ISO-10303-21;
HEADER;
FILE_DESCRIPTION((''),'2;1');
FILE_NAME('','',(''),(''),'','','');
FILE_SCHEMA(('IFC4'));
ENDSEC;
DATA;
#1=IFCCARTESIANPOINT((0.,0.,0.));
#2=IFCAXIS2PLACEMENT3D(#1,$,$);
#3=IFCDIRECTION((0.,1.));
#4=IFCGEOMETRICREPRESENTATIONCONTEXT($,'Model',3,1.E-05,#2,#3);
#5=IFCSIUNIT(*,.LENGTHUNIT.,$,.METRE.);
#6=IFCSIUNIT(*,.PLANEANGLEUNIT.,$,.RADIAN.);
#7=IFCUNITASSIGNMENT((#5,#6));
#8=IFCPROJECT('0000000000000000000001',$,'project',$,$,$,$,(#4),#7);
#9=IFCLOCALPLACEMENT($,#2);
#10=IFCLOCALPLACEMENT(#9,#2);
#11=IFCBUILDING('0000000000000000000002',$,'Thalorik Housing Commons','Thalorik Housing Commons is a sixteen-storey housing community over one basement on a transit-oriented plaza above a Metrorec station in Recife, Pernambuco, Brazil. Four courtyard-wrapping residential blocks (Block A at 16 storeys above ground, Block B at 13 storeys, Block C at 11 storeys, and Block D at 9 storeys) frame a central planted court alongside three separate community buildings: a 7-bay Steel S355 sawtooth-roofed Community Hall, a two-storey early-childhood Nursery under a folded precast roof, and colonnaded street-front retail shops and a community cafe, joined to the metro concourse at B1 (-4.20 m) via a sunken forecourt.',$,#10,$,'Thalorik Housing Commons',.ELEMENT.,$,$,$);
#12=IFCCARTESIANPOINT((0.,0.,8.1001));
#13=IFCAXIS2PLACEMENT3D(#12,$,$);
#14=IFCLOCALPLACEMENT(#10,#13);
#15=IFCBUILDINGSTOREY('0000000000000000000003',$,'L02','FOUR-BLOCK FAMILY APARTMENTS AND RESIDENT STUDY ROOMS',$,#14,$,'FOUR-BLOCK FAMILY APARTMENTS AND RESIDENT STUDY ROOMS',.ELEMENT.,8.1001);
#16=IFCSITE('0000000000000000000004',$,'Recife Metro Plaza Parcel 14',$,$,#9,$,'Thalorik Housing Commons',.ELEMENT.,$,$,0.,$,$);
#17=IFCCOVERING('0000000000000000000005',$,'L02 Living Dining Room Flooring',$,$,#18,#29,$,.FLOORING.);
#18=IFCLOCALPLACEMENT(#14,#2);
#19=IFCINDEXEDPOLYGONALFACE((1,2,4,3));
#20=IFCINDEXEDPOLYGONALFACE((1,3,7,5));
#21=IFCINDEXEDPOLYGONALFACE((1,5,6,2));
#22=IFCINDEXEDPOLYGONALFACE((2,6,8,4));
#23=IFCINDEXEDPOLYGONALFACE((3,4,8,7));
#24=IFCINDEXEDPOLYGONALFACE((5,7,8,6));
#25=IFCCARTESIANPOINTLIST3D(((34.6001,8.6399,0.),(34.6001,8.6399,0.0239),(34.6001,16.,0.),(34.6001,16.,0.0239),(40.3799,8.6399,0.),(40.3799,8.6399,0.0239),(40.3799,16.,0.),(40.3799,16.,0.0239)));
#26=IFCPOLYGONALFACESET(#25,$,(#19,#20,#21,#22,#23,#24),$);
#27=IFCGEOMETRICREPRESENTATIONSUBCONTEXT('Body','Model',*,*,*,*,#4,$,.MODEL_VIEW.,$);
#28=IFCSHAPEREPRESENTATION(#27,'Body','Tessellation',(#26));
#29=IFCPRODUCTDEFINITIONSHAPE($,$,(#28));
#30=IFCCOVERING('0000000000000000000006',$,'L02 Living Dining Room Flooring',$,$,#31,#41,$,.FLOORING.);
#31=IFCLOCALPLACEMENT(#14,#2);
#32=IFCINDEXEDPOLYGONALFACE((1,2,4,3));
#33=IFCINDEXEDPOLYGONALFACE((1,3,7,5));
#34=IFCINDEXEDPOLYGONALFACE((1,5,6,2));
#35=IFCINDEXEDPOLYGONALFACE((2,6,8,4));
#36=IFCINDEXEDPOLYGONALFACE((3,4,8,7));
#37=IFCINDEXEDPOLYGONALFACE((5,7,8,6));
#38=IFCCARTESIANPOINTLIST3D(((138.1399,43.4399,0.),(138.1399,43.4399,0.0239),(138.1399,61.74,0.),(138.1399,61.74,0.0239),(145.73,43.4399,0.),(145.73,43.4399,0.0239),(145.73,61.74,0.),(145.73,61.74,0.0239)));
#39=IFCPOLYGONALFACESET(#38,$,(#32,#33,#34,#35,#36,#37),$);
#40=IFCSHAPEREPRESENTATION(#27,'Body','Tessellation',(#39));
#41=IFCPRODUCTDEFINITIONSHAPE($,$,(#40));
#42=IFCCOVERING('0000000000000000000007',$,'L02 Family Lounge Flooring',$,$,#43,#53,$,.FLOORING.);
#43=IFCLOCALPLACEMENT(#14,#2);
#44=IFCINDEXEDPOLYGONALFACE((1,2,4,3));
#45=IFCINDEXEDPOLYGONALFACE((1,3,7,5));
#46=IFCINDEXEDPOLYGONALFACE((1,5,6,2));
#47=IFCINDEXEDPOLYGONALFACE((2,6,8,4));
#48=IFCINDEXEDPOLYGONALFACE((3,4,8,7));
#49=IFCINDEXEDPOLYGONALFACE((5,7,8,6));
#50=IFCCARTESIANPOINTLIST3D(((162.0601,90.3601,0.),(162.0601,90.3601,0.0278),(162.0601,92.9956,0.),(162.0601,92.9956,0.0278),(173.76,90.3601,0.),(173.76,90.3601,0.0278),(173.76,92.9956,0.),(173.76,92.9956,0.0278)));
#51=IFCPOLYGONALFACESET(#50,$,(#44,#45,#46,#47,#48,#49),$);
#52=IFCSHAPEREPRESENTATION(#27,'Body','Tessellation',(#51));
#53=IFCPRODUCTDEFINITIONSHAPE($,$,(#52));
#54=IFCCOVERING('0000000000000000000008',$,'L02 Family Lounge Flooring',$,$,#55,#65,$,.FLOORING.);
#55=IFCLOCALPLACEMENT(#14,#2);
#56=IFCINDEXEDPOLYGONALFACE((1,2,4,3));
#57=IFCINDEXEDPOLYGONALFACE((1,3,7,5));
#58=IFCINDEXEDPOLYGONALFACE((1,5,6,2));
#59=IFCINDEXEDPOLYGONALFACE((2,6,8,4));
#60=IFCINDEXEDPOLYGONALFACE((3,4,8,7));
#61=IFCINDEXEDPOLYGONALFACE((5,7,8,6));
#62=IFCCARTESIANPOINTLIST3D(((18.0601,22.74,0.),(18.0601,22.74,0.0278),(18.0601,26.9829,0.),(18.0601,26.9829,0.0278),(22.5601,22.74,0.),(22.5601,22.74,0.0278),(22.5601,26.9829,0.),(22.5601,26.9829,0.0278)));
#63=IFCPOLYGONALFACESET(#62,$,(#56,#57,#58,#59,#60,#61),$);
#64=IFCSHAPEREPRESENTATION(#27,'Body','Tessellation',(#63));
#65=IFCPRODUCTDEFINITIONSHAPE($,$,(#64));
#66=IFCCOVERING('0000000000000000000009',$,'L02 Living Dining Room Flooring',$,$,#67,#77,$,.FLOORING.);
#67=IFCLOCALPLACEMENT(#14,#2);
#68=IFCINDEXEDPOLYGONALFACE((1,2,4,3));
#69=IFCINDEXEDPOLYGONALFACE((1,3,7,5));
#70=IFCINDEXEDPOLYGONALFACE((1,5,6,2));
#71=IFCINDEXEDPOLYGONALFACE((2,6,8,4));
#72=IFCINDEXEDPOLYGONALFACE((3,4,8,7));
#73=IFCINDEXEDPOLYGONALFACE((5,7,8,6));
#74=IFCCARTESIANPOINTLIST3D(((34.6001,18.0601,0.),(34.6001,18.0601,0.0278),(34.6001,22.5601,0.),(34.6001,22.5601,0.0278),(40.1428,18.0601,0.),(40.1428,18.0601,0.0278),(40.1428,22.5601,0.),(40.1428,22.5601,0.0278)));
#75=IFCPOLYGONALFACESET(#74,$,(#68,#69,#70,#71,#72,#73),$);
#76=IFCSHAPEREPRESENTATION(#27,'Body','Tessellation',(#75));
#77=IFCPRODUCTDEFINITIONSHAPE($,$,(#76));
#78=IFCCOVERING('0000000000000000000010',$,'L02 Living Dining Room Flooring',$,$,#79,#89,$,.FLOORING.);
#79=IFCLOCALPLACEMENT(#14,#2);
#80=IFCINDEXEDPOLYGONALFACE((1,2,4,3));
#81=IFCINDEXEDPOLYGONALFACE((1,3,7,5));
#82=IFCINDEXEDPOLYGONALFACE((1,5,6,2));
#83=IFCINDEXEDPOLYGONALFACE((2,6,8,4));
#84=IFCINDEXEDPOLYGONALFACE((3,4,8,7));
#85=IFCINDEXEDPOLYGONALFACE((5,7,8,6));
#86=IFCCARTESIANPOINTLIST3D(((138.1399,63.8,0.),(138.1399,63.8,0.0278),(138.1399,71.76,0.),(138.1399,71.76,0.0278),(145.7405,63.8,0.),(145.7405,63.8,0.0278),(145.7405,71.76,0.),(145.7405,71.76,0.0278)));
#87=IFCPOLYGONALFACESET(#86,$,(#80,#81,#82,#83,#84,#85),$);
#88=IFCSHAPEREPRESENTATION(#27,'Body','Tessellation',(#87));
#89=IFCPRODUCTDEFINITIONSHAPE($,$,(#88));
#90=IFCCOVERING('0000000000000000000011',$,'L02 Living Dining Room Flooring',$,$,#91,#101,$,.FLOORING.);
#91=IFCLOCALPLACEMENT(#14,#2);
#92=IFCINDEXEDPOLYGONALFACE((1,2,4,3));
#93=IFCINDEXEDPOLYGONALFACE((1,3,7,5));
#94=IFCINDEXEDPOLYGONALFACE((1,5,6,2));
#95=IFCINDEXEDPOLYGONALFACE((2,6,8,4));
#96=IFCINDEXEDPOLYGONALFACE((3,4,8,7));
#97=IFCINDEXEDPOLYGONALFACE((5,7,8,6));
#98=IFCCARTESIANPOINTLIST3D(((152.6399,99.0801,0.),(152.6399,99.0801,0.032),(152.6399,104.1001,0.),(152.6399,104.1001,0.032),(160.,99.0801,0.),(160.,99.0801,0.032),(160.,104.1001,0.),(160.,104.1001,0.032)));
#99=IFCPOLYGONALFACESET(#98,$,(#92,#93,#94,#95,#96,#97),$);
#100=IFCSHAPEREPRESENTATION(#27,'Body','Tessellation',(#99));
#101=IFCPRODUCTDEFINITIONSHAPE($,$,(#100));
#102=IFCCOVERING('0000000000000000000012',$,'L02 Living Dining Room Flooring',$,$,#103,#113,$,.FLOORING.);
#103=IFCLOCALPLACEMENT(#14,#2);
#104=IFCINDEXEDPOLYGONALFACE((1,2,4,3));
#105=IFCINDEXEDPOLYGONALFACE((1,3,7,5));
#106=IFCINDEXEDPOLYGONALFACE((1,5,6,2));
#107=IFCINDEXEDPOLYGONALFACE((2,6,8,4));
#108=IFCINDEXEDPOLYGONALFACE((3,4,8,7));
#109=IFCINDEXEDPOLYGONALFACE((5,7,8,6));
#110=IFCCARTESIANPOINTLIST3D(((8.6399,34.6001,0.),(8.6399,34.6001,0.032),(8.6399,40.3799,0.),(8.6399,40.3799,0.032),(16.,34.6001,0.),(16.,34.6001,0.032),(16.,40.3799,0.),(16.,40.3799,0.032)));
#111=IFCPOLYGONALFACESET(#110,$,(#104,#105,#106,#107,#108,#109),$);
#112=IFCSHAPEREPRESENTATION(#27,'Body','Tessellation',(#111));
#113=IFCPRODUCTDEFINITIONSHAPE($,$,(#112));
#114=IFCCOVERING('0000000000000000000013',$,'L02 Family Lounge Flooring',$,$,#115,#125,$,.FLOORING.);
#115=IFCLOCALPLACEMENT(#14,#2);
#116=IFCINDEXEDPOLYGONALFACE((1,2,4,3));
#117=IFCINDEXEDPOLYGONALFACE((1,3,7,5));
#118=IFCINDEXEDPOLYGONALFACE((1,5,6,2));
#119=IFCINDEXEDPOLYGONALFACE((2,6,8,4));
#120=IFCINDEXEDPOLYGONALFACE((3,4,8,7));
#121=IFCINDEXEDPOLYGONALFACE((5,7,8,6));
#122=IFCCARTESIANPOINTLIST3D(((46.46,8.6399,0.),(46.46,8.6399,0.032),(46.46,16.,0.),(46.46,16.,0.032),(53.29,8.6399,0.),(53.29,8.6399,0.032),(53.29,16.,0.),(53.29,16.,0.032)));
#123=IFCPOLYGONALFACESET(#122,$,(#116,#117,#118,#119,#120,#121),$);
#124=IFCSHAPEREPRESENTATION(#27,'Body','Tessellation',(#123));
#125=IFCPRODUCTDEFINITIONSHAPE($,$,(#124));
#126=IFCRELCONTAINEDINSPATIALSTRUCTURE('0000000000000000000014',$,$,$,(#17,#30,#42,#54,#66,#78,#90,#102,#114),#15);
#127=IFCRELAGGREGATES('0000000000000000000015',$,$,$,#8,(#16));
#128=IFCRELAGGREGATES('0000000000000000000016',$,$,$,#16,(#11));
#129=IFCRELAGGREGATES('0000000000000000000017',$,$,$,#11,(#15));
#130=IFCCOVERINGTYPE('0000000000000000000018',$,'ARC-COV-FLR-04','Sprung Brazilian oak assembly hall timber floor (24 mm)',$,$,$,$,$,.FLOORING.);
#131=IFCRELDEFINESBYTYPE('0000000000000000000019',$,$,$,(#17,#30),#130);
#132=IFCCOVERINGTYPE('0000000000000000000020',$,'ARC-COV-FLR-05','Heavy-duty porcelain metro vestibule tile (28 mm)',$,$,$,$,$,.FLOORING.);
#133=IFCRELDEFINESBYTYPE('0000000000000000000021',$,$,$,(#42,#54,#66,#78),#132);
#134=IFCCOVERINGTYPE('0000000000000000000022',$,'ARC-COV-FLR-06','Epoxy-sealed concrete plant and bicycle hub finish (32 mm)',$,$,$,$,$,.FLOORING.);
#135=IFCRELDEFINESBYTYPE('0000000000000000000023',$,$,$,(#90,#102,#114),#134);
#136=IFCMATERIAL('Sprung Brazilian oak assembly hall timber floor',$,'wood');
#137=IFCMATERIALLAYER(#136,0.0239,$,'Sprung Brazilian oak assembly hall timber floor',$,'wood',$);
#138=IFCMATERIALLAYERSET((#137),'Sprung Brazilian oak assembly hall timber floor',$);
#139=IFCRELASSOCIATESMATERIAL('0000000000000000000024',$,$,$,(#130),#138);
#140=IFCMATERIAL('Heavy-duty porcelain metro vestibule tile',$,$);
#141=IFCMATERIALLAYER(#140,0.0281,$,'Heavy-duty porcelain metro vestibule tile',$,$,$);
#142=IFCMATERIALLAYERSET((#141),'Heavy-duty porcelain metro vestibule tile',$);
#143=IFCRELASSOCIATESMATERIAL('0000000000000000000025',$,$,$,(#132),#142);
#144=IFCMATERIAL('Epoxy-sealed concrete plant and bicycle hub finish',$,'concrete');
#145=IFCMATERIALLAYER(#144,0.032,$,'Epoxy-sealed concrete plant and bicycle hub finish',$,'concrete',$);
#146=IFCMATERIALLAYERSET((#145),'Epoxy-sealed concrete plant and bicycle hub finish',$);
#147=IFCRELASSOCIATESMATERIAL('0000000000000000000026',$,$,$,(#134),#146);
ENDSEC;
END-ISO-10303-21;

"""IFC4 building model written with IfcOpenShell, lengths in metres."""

from ifc_helpers import new_model, si_unit, direction, frame, origin, place, context, subcontext, project, spatial, polyline, outline, extrude, material, layer, layer_set, type_object, element, save


model = new_model("IFC4")

# Units and contexts
model_context = context("Model", 3, precision=1e-05, world=origin(), true_north=direction((0.0, 1.0)))
body_context = subcontext(model_context, "Body", "Model", "MODEL_VIEW")
ifc_project = project(units=[si_unit("LENGTHUNIT", "METRE"), si_unit("PLANEANGLEUNIT", "RADIAN")], contexts=[model_context])

# Site, building, storey
site_placement = place(None, origin())
site = spatial("IfcSite", under=ifc_project, at=site_placement, Name="Recife Metro Plaza Parcel 14", LongName="Thalorik Housing Commons", CompositionType="ELEMENT", RefElevation=0.0)
building_placement = place(site_placement, origin())
building = spatial("IfcBuilding", under=site, at=building_placement, Name="Thalorik Housing Commons", Description="Thalorik Housing Commons is a sixteen-storey housing community over one basement on a transit-oriented plaza above a Metrorec station in Recife, Pernambuco, Brazil. Four courtyard-wrapping residential blocks (Block A at 16 storeys above ground, Block B at 13 storeys, Block C at 11 storeys, and Block D at 9 storeys) frame a central planted court alongside three separate community buildings: a 7-bay Steel S355 sawtooth-roofed Community Hall, a two-storey early-childhood Nursery under a folded precast roof, and colonnaded street-front retail shops and a community cafe, joined to the metro concourse at B1 (-4.20 m) via a sunken forecourt.", LongName="Thalorik Housing Commons", CompositionType="ELEMENT")
storey_placement = place(building_placement, frame((0.0, 0.0, 8.1001)))
storey = spatial("IfcBuildingStorey", under=building, at=storey_placement, Name="L02", Description="FOUR-BLOCK FAMILY APARTMENTS AND RESIDENT STUDY ROOMS", LongName="FOUR-BLOCK FAMILY APARTMENTS AND RESIDENT STUDY ROOMS", CompositionType="ELEMENT", Elevation=8.1001)

# Coverings
ifc_material_1 = material(Name="Sprung Brazilian oak assembly hall timber floor", Category="wood")
ifc_layer_1 = layer(ifc_material_1, 0.0239, Name="Sprung Brazilian oak assembly hall timber floor", Category="wood")
ifc_layer_set_1 = layer_set([ifc_layer_1], Name="Sprung Brazilian oak assembly hall timber floor")
covering_type_1 = type_object("IfcCoveringType", Name="ARC-COV-FLR-04", Description="Sprung Brazilian oak assembly hall timber floor (24 mm)", PredefinedType="FLOORING", material=ifc_layer_set_1)
covering_1_placement = place(storey_placement, origin())
element("IfcCovering", 1, at=covering_1_placement, inside=storey, type_object=covering_type_1, Name="L02 Living Dining Room Flooring", PredefinedType="FLOORING", context=body_context, shape_type="SweptSolid", body=[
    extrude(outline(polyline([(40.3799, 8.6399), (40.3799, 16.0), (34.6001, 16.0), (34.6001, 8.6399), (40.3799, 8.6399)])), origin(), (0.0, 0.0, 1.0), 0.0239),
])
covering_2_placement = place(storey_placement, origin())
element("IfcCovering", 2, at=covering_2_placement, inside=storey, type_object=covering_type_1, Name="L02 Living Dining Room Flooring", PredefinedType="FLOORING", context=body_context, shape_type="SweptSolid", body=[
    extrude(outline(polyline([(145.73, 43.4399), (145.73, 61.74), (138.1399, 61.74), (138.1399, 43.4399), (145.73, 43.4399)])), origin(), (0.0, 0.0, 1.0), 0.0239),
])
ifc_material_2 = material(Name="Heavy-duty porcelain metro vestibule tile")
ifc_layer_2 = layer(ifc_material_2, 0.0281, Name="Heavy-duty porcelain metro vestibule tile")
ifc_layer_set_2 = layer_set([ifc_layer_2], Name="Heavy-duty porcelain metro vestibule tile")
covering_type_2 = type_object("IfcCoveringType", Name="ARC-COV-FLR-05", Description="Heavy-duty porcelain metro vestibule tile (28 mm)", PredefinedType="FLOORING", material=ifc_layer_set_2)
covering_3_placement = place(storey_placement, origin())
element("IfcCovering", 3, at=covering_3_placement, inside=storey, type_object=covering_type_2, Name="L02 Family Lounge Flooring", PredefinedType="FLOORING", context=body_context, shape_type="SweptSolid", body=[
    extrude(outline(polyline([(173.76, 92.9956), (162.0601, 92.9956), (162.0601, 90.3601), (173.76, 90.3601), (173.76, 92.9956)])), origin(), (0.0, 0.0, 1.0), 0.0278),
])
covering_4_placement = place(storey_placement, origin())
element("IfcCovering", 4, at=covering_4_placement, inside=storey, type_object=covering_type_2, Name="L02 Family Lounge Flooring", PredefinedType="FLOORING", context=body_context, shape_type="SweptSolid", body=[
    extrude(outline(polyline([(22.5601, 26.9829), (18.0601, 26.9829), (18.0601, 22.74), (22.5601, 22.74), (22.5601, 26.9829)])), origin(), (0.0, 0.0, 1.0), 0.0278),
])
covering_5_placement = place(storey_placement, origin())
element("IfcCovering", 5, at=covering_5_placement, inside=storey, type_object=covering_type_2, Name="L02 Living Dining Room Flooring", PredefinedType="FLOORING", context=body_context, shape_type="SweptSolid", body=[
    extrude(outline(polyline([(40.1428, 18.0601), (40.1428, 22.5601), (34.6001, 22.5601), (34.6001, 18.0601), (40.1428, 18.0601)])), origin(), (0.0, 0.0, 1.0), 0.0278),
])
covering_6_placement = place(storey_placement, origin())
element("IfcCovering", 6, at=covering_6_placement, inside=storey, type_object=covering_type_2, Name="L02 Living Dining Room Flooring", PredefinedType="FLOORING", context=body_context, shape_type="SweptSolid", body=[
    extrude(outline(polyline([(145.7405, 63.8), (145.7405, 71.76), (138.1399, 71.76), (138.1399, 63.8), (145.7405, 63.8)])), origin(), (0.0, 0.0, 1.0), 0.0278),
])
ifc_material_3 = material(Name="Epoxy-sealed concrete plant and bicycle hub finish", Category="concrete")
ifc_layer_3 = layer(ifc_material_3, 0.032, Name="Epoxy-sealed concrete plant and bicycle hub finish", Category="concrete")
ifc_layer_set_3 = layer_set([ifc_layer_3], Name="Epoxy-sealed concrete plant and bicycle hub finish")
covering_type_3 = type_object("IfcCoveringType", Name="ARC-COV-FLR-06", Description="Epoxy-sealed concrete plant and bicycle hub finish (32 mm)", PredefinedType="FLOORING", material=ifc_layer_set_3)
covering_7_placement = place(storey_placement, origin())
element("IfcCovering", 7, at=covering_7_placement, inside=storey, type_object=covering_type_3, Name="L02 Living Dining Room Flooring", PredefinedType="FLOORING", context=body_context, shape_type="SweptSolid", body=[
    extrude(outline(polyline([(160.0, 104.1001), (152.6399, 104.1001), (152.6399, 99.0801), (160.0, 99.0801), (160.0, 104.1001)])), origin(), (0.0, 0.0, 1.0), 0.032),
])
covering_8_placement = place(storey_placement, origin())
element("IfcCovering", 8, at=covering_8_placement, inside=storey, type_object=covering_type_3, Name="L02 Living Dining Room Flooring", PredefinedType="FLOORING", context=body_context, shape_type="SweptSolid", body=[
    extrude(outline(polyline([(16.0, 40.3799), (8.6399, 40.3799), (8.6399, 34.6001), (16.0, 34.6001), (16.0, 40.3799)])), origin(), (0.0, 0.0, 1.0), 0.032),
])
covering_9_placement = place(storey_placement, origin())
element("IfcCovering", 9, at=covering_9_placement, inside=storey, type_object=covering_type_3, Name="L02 Family Lounge Flooring", PredefinedType="FLOORING", context=body_context, shape_type="SweptSolid", body=[
    extrude(outline(polyline([(53.29, 8.6399), (53.29, 16.0), (46.46, 16.0), (46.46, 8.6399), (53.29, 8.6399)])), origin(), (0.0, 0.0, 1.0), 0.032),
])

save(model, "model.ifc")
